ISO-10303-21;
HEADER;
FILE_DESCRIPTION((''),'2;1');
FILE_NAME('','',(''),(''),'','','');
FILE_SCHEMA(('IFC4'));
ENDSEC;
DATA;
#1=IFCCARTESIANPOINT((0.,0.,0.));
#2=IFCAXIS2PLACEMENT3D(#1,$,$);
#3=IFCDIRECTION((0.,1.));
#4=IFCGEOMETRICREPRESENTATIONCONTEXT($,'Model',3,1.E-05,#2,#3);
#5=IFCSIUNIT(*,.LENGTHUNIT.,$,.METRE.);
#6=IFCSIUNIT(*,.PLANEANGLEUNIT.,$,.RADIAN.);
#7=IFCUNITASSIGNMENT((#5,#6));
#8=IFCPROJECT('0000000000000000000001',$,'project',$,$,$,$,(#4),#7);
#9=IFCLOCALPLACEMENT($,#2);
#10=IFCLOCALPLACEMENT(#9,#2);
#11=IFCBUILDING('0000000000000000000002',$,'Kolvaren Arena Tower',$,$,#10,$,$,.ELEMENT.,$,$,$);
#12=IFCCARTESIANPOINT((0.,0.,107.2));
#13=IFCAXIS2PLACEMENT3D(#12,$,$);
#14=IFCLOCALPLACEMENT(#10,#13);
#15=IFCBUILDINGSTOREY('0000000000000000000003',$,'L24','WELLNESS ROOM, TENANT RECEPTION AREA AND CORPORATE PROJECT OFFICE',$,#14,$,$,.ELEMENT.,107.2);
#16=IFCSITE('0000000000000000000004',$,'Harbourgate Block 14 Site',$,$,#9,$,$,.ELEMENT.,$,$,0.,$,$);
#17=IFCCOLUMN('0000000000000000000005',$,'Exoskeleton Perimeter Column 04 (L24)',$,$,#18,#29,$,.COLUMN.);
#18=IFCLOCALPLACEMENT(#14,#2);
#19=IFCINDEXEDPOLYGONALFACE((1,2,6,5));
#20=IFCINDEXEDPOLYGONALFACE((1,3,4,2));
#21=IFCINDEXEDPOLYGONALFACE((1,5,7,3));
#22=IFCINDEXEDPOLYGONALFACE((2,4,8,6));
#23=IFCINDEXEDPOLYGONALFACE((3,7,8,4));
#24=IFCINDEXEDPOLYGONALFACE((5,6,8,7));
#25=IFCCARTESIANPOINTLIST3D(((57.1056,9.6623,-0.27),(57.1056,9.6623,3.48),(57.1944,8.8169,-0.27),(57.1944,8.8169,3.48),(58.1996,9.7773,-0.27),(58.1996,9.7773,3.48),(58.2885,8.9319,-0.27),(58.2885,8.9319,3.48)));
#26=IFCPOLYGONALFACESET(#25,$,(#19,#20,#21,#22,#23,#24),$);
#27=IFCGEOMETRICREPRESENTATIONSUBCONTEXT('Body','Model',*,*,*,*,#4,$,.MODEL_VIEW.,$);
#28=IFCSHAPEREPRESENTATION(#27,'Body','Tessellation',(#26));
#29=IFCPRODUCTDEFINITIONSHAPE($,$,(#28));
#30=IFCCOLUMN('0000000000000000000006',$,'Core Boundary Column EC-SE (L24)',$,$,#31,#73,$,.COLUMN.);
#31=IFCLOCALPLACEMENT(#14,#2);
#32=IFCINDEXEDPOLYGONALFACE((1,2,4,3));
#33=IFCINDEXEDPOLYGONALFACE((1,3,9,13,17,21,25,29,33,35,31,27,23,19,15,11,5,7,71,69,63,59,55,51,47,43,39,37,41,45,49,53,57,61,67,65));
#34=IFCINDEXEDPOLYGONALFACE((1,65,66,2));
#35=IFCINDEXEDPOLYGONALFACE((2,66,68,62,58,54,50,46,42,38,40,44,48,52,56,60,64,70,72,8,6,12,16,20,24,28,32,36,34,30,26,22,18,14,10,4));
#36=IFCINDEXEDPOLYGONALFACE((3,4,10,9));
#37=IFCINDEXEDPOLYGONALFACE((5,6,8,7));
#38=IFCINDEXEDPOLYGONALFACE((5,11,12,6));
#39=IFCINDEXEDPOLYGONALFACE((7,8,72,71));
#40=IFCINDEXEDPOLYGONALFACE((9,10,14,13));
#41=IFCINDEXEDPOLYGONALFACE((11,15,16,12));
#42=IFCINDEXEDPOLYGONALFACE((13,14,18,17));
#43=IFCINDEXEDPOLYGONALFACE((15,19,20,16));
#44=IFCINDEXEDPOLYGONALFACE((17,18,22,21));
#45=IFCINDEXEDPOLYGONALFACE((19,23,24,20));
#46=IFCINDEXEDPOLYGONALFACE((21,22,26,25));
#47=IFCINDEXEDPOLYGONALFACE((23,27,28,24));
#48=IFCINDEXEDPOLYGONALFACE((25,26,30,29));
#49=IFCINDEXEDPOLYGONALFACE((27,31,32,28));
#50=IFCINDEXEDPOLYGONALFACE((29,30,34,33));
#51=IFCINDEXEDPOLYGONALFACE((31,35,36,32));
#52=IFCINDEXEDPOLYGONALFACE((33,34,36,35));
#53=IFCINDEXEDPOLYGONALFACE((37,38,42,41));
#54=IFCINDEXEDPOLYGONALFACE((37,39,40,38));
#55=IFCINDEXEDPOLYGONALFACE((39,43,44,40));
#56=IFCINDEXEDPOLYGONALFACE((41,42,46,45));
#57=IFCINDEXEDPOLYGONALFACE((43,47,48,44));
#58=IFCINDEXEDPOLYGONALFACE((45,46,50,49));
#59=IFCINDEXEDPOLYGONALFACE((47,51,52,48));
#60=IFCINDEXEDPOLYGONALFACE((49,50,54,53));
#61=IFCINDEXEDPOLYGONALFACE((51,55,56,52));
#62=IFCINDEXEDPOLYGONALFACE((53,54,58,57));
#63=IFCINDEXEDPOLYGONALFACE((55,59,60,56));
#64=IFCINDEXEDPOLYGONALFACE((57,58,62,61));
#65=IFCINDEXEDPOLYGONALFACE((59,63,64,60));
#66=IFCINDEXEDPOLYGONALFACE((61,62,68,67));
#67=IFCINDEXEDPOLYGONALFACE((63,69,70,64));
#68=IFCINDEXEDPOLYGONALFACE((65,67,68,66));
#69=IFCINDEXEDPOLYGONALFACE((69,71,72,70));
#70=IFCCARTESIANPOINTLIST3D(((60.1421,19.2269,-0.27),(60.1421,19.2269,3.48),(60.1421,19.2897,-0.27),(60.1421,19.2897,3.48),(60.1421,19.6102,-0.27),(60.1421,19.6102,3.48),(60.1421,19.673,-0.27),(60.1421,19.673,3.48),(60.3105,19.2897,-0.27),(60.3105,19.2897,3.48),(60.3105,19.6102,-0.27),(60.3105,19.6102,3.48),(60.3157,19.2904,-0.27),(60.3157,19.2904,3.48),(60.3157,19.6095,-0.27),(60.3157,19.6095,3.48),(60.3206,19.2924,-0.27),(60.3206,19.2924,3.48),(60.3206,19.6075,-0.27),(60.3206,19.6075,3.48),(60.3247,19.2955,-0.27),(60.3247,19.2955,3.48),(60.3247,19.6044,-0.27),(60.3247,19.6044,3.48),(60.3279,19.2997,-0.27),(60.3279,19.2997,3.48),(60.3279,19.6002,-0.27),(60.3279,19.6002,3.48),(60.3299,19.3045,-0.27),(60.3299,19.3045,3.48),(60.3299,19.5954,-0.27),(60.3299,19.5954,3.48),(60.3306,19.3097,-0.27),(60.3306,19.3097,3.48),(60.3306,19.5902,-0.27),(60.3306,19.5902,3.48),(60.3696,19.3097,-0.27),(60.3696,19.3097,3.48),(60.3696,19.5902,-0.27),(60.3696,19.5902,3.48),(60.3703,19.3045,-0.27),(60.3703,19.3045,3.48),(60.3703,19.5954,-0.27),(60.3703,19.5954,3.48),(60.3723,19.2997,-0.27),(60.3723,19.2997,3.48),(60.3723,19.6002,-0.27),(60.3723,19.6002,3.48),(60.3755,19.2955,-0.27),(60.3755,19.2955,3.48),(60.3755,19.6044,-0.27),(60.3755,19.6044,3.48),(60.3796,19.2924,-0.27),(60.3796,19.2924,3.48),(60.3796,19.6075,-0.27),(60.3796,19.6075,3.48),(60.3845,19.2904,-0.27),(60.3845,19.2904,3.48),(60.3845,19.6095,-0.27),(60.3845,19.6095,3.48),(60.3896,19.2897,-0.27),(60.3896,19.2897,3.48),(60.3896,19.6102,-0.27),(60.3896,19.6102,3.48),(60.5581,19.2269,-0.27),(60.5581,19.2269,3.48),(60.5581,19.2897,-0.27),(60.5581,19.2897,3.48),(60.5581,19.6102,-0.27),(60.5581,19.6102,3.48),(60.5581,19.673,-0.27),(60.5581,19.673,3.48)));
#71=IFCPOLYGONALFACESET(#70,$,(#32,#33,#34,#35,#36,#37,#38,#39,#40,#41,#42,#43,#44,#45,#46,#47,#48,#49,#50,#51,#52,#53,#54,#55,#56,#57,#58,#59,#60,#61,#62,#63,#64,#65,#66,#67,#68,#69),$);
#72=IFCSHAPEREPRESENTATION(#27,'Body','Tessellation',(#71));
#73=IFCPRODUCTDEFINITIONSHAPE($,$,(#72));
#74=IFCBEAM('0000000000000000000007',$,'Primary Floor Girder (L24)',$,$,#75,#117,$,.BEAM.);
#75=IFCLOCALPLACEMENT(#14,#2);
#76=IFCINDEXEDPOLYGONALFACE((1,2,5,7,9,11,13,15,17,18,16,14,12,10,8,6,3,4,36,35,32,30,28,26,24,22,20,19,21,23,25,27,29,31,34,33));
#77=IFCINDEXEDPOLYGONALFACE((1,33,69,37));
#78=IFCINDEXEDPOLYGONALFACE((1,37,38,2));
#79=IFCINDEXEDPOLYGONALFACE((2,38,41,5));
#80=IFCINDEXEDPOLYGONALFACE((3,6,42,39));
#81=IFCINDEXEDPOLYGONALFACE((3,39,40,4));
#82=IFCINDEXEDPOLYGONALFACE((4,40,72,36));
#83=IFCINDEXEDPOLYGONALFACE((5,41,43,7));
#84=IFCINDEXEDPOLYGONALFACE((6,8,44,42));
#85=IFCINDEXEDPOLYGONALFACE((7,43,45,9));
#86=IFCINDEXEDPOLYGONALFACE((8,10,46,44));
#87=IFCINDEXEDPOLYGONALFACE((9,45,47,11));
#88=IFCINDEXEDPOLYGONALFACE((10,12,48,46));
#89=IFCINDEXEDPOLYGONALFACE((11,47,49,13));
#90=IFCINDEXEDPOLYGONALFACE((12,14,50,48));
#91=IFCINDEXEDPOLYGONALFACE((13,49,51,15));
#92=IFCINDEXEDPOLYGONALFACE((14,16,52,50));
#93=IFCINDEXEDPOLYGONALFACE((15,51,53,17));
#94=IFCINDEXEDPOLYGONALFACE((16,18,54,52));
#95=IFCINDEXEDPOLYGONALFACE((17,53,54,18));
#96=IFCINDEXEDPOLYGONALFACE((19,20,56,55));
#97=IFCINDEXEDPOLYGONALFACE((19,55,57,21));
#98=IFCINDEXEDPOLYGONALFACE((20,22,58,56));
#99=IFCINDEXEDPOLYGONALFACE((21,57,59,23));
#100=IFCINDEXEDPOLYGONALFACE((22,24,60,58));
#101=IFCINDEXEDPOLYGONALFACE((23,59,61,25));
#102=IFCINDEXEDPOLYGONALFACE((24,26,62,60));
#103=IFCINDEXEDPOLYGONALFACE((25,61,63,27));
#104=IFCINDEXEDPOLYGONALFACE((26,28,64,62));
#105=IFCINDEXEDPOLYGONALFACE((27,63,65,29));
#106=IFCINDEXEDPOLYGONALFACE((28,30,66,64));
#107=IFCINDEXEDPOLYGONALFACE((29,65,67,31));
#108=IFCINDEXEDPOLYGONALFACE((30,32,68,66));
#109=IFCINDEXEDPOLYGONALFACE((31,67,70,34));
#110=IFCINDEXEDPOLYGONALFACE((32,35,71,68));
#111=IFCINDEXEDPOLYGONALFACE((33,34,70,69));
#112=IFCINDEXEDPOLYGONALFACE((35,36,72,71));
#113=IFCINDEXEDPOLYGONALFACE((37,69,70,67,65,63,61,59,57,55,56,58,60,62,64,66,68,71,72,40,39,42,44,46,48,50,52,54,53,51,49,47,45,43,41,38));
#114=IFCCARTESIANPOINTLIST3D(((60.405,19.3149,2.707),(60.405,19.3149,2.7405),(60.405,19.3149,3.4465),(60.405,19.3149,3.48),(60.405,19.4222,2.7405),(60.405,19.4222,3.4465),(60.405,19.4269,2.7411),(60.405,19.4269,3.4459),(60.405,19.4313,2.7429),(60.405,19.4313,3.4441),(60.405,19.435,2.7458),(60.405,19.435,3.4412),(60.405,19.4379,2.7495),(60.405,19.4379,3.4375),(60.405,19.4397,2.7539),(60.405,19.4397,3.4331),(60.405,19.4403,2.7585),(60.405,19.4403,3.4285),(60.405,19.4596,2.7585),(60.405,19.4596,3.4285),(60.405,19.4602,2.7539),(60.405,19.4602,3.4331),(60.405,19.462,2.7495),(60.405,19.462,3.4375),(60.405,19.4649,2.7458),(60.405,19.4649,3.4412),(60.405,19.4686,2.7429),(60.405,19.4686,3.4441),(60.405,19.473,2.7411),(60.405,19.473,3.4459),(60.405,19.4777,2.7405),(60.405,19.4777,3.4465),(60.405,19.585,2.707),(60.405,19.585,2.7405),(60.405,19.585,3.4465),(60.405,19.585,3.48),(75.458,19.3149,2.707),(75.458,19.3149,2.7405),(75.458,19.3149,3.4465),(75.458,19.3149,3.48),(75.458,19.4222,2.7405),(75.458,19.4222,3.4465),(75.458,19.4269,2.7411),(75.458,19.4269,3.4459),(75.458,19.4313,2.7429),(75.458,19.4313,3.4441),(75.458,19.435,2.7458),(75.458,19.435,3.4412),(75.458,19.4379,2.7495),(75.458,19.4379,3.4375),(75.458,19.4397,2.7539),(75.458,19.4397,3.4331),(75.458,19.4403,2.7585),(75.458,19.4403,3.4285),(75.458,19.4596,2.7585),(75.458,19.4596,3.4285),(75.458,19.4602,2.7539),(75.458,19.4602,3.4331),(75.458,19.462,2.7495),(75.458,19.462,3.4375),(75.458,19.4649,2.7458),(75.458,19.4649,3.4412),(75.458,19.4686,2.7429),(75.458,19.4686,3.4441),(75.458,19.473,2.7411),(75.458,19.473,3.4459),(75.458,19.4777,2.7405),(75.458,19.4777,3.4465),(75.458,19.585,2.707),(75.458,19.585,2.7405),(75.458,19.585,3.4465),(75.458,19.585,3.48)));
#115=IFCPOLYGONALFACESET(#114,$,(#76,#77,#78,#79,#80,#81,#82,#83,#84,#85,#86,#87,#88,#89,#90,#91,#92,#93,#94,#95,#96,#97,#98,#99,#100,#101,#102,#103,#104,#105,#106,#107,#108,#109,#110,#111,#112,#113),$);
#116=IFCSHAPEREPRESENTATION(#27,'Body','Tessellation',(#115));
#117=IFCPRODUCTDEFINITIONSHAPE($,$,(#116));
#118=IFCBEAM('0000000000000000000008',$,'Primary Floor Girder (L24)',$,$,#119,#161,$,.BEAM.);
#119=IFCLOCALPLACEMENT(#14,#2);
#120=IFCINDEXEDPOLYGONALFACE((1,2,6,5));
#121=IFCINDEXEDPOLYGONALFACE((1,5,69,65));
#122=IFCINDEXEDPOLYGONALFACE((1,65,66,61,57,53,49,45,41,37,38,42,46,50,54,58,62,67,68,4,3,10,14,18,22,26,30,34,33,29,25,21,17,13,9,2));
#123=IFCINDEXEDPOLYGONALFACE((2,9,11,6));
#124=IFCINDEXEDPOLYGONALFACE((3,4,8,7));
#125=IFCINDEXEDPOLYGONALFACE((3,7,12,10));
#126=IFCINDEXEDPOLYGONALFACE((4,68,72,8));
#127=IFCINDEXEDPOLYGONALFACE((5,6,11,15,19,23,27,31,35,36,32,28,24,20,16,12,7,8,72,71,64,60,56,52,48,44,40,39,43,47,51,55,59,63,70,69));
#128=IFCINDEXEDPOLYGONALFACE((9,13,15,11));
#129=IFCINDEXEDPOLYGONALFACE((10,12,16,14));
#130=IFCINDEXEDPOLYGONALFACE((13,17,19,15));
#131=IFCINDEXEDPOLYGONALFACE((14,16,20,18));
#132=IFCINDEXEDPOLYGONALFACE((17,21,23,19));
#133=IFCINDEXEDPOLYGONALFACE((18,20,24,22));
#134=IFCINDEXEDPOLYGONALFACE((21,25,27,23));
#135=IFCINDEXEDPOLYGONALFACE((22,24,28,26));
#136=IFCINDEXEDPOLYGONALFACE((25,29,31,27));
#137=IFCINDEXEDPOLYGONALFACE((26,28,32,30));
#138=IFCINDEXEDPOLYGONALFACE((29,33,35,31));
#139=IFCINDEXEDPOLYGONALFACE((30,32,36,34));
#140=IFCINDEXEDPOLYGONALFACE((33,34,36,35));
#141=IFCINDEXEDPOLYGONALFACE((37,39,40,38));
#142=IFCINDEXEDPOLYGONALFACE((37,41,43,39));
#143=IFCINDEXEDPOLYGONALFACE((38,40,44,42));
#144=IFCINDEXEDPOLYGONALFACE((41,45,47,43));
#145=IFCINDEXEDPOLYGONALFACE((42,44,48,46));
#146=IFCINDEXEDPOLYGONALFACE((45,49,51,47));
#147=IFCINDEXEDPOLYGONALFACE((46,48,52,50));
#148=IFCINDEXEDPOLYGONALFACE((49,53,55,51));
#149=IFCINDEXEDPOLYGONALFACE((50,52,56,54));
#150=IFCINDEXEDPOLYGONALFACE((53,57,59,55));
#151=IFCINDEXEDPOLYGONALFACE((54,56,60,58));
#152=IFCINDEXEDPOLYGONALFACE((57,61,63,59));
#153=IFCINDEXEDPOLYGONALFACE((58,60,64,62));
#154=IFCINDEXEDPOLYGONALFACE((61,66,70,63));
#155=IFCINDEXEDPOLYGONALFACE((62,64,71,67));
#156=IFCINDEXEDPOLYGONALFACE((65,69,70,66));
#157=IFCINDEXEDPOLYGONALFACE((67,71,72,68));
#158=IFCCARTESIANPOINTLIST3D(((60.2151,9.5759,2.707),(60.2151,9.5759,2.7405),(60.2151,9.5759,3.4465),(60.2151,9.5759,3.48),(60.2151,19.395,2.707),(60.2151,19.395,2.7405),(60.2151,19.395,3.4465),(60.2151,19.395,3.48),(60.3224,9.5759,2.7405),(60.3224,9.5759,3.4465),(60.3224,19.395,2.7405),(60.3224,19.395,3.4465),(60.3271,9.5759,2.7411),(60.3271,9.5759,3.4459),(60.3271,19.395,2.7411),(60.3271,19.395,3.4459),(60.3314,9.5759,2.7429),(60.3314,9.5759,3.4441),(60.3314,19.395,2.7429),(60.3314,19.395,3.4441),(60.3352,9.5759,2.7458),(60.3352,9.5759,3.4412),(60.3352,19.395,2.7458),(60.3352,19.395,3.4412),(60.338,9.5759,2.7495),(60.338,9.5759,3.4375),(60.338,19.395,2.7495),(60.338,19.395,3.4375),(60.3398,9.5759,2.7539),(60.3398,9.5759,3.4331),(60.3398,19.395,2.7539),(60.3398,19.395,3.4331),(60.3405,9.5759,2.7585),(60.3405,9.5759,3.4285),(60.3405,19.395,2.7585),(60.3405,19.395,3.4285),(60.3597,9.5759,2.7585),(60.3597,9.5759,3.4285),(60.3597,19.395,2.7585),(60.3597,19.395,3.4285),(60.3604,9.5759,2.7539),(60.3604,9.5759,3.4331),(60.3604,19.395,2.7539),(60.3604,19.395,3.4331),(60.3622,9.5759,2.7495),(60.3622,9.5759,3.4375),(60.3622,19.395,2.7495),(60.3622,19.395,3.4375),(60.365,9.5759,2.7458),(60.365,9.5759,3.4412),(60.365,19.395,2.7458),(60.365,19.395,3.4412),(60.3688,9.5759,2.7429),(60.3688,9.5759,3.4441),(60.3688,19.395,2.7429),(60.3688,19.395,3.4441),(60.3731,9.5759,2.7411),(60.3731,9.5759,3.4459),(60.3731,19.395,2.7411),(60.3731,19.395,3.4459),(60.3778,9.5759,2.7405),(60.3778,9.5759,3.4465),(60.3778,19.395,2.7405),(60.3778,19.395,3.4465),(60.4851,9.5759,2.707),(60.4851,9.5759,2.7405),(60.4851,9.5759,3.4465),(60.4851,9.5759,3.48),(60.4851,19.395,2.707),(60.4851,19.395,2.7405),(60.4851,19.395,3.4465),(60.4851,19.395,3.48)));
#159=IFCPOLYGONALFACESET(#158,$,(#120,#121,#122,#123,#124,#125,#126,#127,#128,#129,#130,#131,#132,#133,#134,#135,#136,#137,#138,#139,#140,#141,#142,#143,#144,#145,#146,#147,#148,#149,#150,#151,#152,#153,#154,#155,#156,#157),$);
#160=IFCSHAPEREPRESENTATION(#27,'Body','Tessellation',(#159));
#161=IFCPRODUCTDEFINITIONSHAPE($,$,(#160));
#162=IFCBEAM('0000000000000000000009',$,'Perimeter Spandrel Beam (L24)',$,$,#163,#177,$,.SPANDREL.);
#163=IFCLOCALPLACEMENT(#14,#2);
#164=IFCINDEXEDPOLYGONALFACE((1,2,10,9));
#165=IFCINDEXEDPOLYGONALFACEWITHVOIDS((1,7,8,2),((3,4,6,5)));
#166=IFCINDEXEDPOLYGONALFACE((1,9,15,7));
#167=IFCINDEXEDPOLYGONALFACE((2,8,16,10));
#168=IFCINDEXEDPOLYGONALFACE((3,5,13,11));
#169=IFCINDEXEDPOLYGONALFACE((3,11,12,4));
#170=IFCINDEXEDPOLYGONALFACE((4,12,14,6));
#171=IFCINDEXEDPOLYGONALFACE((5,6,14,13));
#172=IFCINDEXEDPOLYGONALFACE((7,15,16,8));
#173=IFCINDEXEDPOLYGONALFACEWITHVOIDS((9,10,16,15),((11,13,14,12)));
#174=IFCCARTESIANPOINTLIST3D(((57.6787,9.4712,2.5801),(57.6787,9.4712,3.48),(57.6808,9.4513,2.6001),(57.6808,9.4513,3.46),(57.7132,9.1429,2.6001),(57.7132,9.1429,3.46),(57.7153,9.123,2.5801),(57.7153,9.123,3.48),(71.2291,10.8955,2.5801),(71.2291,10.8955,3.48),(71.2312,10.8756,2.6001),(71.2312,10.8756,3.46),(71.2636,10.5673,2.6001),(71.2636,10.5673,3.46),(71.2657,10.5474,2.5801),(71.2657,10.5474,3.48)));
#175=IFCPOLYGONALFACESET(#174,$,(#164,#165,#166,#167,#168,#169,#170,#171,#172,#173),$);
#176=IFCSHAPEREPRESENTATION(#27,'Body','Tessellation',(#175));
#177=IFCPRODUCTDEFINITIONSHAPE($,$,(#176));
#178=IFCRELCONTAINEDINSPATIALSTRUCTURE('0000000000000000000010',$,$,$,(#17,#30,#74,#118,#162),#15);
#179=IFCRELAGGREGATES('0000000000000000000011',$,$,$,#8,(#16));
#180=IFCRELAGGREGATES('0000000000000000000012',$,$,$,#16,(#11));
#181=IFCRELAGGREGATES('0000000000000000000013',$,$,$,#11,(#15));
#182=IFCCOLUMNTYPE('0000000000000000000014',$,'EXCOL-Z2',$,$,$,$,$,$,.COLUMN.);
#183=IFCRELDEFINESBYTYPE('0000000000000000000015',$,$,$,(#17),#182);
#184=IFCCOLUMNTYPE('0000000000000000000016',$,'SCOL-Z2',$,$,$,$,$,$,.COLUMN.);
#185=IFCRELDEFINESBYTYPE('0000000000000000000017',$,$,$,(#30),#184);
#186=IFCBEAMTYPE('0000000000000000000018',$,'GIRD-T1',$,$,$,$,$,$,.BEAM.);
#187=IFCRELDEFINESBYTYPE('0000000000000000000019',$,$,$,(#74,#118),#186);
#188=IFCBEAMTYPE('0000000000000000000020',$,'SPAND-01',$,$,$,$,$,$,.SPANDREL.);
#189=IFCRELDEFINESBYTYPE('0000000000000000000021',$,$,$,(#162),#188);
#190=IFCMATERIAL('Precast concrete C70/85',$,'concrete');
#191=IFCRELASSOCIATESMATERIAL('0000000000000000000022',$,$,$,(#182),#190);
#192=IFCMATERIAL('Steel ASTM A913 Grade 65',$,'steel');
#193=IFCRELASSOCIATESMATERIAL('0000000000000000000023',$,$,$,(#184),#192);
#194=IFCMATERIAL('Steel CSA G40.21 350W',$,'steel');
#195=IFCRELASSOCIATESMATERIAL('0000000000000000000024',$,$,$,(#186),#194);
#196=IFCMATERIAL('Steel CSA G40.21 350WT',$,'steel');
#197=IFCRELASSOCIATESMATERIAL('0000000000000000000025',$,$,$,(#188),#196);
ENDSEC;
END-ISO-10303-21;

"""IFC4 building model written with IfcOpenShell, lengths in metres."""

from ifc_helpers import new_model, si_unit, direction, frame, origin, origin_2d, place, context, subcontext, project, spatial, rectangle, hollow_rectangle, i_section, extrude, material, material_profile, profile_set, type_object, element, save


model = new_model("IFC4")

# Units and contexts
model_context = context("Model", 3, precision=1e-05, world=origin(), true_north=direction((0.0, 1.0)))
body_context = subcontext(model_context, "Body", "Model", "MODEL_VIEW")
ifc_project = project(units=[si_unit("LENGTHUNIT", "METRE"), si_unit("PLANEANGLEUNIT", "RADIAN")], contexts=[model_context])

# Site, building, storey
site_placement = place(None, origin())
site = spatial("IfcSite", under=ifc_project, at=site_placement, Name="Harbourgate Block 14 Site", CompositionType="ELEMENT", RefElevation=0.0)
building_placement = place(site_placement, origin())
building = spatial("IfcBuilding", under=site, at=building_placement, Name="Kolvaren Arena Tower", CompositionType="ELEMENT")
storey_placement = place(building_placement, frame((0.0, 0.0, 107.2)))
storey = spatial("IfcBuildingStorey", under=building, at=storey_placement, Name="L24", Description="WELLNESS ROOM, TENANT RECEPTION AREA AND CORPORATE PROJECT OFFICE", CompositionType="ELEMENT", Elevation=107.2)

# Columns
ifc_material_1 = material(Name="Precast concrete C70/85", Category="concrete")
ifc_material_profile_1 = material_profile(ifc_material_1, rectangle(XDim=1.1001, YDim=0.8501, at=origin_2d()), Name="RC-1100x850")
ifc_profile_set_1 = profile_set([ifc_material_profile_1], Name="Precast concrete C70/85")
column_type_1 = type_object("IfcColumnType", Name="EXCOL-Z2", PredefinedType="COLUMN", material=ifc_profile_set_1)
column_1_placement = place(storey_placement, frame((57.697, 9.2971, -0.27), z_axis=(0.0, 0.0, 1.0), x_axis=(0.994522, 0.104528, 0.0)))
element("IfcColumn", 1, at=column_1_placement, inside=storey, type_object=column_type_1, Name="Exoskeleton Perimeter Column 04 (L24)", PredefinedType="COLUMN", context=body_context, shape_type="SweptSolid", body=[
    extrude(rectangle(XDim=1.1001, YDim=0.8501, at=origin_2d()), origin(), (0.0, 0.0, 1.0), 3.75),
])
ifc_material_2 = material(Name="Steel ASTM A913 Grade 65", Category="steel")
ifc_material_profile_2 = material_profile(ifc_material_2, i_section(OverallWidth=0.416, OverallDepth=0.446, WebThickness=0.0391, FlangeThickness=0.0627, FilletRadius=0.02, at=origin_2d()), Name="W360x509")
ifc_profile_set_2 = profile_set([ifc_material_profile_2], Name="Steel ASTM A913 Grade 65")
column_type_2 = type_object("IfcColumnType", Name="SCOL-Z2", PredefinedType="COLUMN", material=ifc_profile_set_2)
column_2_placement = place(storey_placement, frame((60.3501, 19.45, -0.27), z_axis=(0.0, 0.0, 1.0), x_axis=(1.0, 0.0, 0.0)))
element("IfcColumn", 2, at=column_2_placement, inside=storey, type_object=column_type_2, Name="Core Boundary Column EC-SE (L24)", PredefinedType="COLUMN", context=body_context, shape_type="SweptSolid", body=[
    extrude(i_section(OverallWidth=0.416, OverallDepth=0.446, WebThickness=0.0391, FlangeThickness=0.0627, FilletRadius=0.02, at=origin_2d()), origin(), (0.0, 0.0, 1.0), 3.75),
])

# Beams
ifc_material_3 = material(Name="Steel CSA G40.21 350W", Category="steel")
ifc_material_profile_3 = material_profile(ifc_material_3, i_section(OverallWidth=0.27, OverallDepth=0.7729, WebThickness=0.0193, FlangeThickness=0.0334, FilletRadius=0.0181, at=origin_2d()), Name="W760x257")
ifc_profile_set_3 = profile_set([ifc_material_profile_3], Name="Steel CSA G40.21 350W")
beam_type_1 = type_object("IfcBeamType", Name="GIRD-T1", PredefinedType="BEAM", material=ifc_profile_set_3)
beam_1_placement = place(storey_placement, frame((60.405, 19.45, 3.0935), z_axis=(1.0, 0.0, 0.0), x_axis=(0.0, 1.0, 0.0)))
element("IfcBeam", 3, at=beam_1_placement, inside=storey, type_object=beam_type_1, Name="Primary Floor Girder (L24)", PredefinedType="BEAM", context=body_context, shape_type="SweptSolid", body=[
    extrude(i_section(OverallWidth=0.27, OverallDepth=0.7729, WebThickness=0.0193, FlangeThickness=0.0334, FilletRadius=0.0181, at=origin_2d()), origin(), (0.0, 0.0, 1.0), 15.053),
])
beam_2_placement = place(storey_placement, frame((60.3501, 9.5759, 3.0935), z_axis=(0.0, 1.0, 0.0), x_axis=(-1.0, 0.0, 0.0)))
element("IfcBeam", 4, at=beam_2_placement, inside=storey, type_object=beam_type_1, Name="Primary Floor Girder (L24)", PredefinedType="BEAM", context=body_context, shape_type="SweptSolid", body=[
    extrude(i_section(OverallWidth=0.27, OverallDepth=0.7729, WebThickness=0.0193, FlangeThickness=0.0334, FilletRadius=0.0181, at=origin_2d()), origin(), (0.0, 0.0, 1.0), 9.8191),
])
ifc_material_4 = material(Name="Steel CSA G40.21 350WT", Category="steel")
ifc_material_profile_4 = material_profile(ifc_material_4, hollow_rectangle(XDim=0.3501, YDim=0.8999, WallThickness=0.02, at=origin_2d()), Name="HSS 900x350x20")
ifc_profile_set_4 = profile_set([ifc_material_profile_4], Name="Steel CSA G40.21 350WT")
beam_type_2 = type_object("IfcBeamType", Name="SPAND-01", PredefinedType="SPANDREL", material=ifc_profile_set_4)
beam_3_placement = place(storey_placement, frame((57.697, 9.2971, 3.03), z_axis=(0.994521, 0.104537, 0.0), x_axis=(-0.104537, 0.994521, 0.0)))
element("IfcBeam", 5, at=beam_3_placement, inside=storey, type_object=beam_type_2, Name="Perimeter Spandrel Beam (L24)", PredefinedType="SPANDREL", context=body_context, shape_type="SweptSolid", body=[
    extrude(hollow_rectangle(XDim=0.3501, YDim=0.8999, WallThickness=0.02, at=origin_2d()), origin(), (0.0, 0.0, 1.0), 13.625),
])

save(model, "model.ifc")
